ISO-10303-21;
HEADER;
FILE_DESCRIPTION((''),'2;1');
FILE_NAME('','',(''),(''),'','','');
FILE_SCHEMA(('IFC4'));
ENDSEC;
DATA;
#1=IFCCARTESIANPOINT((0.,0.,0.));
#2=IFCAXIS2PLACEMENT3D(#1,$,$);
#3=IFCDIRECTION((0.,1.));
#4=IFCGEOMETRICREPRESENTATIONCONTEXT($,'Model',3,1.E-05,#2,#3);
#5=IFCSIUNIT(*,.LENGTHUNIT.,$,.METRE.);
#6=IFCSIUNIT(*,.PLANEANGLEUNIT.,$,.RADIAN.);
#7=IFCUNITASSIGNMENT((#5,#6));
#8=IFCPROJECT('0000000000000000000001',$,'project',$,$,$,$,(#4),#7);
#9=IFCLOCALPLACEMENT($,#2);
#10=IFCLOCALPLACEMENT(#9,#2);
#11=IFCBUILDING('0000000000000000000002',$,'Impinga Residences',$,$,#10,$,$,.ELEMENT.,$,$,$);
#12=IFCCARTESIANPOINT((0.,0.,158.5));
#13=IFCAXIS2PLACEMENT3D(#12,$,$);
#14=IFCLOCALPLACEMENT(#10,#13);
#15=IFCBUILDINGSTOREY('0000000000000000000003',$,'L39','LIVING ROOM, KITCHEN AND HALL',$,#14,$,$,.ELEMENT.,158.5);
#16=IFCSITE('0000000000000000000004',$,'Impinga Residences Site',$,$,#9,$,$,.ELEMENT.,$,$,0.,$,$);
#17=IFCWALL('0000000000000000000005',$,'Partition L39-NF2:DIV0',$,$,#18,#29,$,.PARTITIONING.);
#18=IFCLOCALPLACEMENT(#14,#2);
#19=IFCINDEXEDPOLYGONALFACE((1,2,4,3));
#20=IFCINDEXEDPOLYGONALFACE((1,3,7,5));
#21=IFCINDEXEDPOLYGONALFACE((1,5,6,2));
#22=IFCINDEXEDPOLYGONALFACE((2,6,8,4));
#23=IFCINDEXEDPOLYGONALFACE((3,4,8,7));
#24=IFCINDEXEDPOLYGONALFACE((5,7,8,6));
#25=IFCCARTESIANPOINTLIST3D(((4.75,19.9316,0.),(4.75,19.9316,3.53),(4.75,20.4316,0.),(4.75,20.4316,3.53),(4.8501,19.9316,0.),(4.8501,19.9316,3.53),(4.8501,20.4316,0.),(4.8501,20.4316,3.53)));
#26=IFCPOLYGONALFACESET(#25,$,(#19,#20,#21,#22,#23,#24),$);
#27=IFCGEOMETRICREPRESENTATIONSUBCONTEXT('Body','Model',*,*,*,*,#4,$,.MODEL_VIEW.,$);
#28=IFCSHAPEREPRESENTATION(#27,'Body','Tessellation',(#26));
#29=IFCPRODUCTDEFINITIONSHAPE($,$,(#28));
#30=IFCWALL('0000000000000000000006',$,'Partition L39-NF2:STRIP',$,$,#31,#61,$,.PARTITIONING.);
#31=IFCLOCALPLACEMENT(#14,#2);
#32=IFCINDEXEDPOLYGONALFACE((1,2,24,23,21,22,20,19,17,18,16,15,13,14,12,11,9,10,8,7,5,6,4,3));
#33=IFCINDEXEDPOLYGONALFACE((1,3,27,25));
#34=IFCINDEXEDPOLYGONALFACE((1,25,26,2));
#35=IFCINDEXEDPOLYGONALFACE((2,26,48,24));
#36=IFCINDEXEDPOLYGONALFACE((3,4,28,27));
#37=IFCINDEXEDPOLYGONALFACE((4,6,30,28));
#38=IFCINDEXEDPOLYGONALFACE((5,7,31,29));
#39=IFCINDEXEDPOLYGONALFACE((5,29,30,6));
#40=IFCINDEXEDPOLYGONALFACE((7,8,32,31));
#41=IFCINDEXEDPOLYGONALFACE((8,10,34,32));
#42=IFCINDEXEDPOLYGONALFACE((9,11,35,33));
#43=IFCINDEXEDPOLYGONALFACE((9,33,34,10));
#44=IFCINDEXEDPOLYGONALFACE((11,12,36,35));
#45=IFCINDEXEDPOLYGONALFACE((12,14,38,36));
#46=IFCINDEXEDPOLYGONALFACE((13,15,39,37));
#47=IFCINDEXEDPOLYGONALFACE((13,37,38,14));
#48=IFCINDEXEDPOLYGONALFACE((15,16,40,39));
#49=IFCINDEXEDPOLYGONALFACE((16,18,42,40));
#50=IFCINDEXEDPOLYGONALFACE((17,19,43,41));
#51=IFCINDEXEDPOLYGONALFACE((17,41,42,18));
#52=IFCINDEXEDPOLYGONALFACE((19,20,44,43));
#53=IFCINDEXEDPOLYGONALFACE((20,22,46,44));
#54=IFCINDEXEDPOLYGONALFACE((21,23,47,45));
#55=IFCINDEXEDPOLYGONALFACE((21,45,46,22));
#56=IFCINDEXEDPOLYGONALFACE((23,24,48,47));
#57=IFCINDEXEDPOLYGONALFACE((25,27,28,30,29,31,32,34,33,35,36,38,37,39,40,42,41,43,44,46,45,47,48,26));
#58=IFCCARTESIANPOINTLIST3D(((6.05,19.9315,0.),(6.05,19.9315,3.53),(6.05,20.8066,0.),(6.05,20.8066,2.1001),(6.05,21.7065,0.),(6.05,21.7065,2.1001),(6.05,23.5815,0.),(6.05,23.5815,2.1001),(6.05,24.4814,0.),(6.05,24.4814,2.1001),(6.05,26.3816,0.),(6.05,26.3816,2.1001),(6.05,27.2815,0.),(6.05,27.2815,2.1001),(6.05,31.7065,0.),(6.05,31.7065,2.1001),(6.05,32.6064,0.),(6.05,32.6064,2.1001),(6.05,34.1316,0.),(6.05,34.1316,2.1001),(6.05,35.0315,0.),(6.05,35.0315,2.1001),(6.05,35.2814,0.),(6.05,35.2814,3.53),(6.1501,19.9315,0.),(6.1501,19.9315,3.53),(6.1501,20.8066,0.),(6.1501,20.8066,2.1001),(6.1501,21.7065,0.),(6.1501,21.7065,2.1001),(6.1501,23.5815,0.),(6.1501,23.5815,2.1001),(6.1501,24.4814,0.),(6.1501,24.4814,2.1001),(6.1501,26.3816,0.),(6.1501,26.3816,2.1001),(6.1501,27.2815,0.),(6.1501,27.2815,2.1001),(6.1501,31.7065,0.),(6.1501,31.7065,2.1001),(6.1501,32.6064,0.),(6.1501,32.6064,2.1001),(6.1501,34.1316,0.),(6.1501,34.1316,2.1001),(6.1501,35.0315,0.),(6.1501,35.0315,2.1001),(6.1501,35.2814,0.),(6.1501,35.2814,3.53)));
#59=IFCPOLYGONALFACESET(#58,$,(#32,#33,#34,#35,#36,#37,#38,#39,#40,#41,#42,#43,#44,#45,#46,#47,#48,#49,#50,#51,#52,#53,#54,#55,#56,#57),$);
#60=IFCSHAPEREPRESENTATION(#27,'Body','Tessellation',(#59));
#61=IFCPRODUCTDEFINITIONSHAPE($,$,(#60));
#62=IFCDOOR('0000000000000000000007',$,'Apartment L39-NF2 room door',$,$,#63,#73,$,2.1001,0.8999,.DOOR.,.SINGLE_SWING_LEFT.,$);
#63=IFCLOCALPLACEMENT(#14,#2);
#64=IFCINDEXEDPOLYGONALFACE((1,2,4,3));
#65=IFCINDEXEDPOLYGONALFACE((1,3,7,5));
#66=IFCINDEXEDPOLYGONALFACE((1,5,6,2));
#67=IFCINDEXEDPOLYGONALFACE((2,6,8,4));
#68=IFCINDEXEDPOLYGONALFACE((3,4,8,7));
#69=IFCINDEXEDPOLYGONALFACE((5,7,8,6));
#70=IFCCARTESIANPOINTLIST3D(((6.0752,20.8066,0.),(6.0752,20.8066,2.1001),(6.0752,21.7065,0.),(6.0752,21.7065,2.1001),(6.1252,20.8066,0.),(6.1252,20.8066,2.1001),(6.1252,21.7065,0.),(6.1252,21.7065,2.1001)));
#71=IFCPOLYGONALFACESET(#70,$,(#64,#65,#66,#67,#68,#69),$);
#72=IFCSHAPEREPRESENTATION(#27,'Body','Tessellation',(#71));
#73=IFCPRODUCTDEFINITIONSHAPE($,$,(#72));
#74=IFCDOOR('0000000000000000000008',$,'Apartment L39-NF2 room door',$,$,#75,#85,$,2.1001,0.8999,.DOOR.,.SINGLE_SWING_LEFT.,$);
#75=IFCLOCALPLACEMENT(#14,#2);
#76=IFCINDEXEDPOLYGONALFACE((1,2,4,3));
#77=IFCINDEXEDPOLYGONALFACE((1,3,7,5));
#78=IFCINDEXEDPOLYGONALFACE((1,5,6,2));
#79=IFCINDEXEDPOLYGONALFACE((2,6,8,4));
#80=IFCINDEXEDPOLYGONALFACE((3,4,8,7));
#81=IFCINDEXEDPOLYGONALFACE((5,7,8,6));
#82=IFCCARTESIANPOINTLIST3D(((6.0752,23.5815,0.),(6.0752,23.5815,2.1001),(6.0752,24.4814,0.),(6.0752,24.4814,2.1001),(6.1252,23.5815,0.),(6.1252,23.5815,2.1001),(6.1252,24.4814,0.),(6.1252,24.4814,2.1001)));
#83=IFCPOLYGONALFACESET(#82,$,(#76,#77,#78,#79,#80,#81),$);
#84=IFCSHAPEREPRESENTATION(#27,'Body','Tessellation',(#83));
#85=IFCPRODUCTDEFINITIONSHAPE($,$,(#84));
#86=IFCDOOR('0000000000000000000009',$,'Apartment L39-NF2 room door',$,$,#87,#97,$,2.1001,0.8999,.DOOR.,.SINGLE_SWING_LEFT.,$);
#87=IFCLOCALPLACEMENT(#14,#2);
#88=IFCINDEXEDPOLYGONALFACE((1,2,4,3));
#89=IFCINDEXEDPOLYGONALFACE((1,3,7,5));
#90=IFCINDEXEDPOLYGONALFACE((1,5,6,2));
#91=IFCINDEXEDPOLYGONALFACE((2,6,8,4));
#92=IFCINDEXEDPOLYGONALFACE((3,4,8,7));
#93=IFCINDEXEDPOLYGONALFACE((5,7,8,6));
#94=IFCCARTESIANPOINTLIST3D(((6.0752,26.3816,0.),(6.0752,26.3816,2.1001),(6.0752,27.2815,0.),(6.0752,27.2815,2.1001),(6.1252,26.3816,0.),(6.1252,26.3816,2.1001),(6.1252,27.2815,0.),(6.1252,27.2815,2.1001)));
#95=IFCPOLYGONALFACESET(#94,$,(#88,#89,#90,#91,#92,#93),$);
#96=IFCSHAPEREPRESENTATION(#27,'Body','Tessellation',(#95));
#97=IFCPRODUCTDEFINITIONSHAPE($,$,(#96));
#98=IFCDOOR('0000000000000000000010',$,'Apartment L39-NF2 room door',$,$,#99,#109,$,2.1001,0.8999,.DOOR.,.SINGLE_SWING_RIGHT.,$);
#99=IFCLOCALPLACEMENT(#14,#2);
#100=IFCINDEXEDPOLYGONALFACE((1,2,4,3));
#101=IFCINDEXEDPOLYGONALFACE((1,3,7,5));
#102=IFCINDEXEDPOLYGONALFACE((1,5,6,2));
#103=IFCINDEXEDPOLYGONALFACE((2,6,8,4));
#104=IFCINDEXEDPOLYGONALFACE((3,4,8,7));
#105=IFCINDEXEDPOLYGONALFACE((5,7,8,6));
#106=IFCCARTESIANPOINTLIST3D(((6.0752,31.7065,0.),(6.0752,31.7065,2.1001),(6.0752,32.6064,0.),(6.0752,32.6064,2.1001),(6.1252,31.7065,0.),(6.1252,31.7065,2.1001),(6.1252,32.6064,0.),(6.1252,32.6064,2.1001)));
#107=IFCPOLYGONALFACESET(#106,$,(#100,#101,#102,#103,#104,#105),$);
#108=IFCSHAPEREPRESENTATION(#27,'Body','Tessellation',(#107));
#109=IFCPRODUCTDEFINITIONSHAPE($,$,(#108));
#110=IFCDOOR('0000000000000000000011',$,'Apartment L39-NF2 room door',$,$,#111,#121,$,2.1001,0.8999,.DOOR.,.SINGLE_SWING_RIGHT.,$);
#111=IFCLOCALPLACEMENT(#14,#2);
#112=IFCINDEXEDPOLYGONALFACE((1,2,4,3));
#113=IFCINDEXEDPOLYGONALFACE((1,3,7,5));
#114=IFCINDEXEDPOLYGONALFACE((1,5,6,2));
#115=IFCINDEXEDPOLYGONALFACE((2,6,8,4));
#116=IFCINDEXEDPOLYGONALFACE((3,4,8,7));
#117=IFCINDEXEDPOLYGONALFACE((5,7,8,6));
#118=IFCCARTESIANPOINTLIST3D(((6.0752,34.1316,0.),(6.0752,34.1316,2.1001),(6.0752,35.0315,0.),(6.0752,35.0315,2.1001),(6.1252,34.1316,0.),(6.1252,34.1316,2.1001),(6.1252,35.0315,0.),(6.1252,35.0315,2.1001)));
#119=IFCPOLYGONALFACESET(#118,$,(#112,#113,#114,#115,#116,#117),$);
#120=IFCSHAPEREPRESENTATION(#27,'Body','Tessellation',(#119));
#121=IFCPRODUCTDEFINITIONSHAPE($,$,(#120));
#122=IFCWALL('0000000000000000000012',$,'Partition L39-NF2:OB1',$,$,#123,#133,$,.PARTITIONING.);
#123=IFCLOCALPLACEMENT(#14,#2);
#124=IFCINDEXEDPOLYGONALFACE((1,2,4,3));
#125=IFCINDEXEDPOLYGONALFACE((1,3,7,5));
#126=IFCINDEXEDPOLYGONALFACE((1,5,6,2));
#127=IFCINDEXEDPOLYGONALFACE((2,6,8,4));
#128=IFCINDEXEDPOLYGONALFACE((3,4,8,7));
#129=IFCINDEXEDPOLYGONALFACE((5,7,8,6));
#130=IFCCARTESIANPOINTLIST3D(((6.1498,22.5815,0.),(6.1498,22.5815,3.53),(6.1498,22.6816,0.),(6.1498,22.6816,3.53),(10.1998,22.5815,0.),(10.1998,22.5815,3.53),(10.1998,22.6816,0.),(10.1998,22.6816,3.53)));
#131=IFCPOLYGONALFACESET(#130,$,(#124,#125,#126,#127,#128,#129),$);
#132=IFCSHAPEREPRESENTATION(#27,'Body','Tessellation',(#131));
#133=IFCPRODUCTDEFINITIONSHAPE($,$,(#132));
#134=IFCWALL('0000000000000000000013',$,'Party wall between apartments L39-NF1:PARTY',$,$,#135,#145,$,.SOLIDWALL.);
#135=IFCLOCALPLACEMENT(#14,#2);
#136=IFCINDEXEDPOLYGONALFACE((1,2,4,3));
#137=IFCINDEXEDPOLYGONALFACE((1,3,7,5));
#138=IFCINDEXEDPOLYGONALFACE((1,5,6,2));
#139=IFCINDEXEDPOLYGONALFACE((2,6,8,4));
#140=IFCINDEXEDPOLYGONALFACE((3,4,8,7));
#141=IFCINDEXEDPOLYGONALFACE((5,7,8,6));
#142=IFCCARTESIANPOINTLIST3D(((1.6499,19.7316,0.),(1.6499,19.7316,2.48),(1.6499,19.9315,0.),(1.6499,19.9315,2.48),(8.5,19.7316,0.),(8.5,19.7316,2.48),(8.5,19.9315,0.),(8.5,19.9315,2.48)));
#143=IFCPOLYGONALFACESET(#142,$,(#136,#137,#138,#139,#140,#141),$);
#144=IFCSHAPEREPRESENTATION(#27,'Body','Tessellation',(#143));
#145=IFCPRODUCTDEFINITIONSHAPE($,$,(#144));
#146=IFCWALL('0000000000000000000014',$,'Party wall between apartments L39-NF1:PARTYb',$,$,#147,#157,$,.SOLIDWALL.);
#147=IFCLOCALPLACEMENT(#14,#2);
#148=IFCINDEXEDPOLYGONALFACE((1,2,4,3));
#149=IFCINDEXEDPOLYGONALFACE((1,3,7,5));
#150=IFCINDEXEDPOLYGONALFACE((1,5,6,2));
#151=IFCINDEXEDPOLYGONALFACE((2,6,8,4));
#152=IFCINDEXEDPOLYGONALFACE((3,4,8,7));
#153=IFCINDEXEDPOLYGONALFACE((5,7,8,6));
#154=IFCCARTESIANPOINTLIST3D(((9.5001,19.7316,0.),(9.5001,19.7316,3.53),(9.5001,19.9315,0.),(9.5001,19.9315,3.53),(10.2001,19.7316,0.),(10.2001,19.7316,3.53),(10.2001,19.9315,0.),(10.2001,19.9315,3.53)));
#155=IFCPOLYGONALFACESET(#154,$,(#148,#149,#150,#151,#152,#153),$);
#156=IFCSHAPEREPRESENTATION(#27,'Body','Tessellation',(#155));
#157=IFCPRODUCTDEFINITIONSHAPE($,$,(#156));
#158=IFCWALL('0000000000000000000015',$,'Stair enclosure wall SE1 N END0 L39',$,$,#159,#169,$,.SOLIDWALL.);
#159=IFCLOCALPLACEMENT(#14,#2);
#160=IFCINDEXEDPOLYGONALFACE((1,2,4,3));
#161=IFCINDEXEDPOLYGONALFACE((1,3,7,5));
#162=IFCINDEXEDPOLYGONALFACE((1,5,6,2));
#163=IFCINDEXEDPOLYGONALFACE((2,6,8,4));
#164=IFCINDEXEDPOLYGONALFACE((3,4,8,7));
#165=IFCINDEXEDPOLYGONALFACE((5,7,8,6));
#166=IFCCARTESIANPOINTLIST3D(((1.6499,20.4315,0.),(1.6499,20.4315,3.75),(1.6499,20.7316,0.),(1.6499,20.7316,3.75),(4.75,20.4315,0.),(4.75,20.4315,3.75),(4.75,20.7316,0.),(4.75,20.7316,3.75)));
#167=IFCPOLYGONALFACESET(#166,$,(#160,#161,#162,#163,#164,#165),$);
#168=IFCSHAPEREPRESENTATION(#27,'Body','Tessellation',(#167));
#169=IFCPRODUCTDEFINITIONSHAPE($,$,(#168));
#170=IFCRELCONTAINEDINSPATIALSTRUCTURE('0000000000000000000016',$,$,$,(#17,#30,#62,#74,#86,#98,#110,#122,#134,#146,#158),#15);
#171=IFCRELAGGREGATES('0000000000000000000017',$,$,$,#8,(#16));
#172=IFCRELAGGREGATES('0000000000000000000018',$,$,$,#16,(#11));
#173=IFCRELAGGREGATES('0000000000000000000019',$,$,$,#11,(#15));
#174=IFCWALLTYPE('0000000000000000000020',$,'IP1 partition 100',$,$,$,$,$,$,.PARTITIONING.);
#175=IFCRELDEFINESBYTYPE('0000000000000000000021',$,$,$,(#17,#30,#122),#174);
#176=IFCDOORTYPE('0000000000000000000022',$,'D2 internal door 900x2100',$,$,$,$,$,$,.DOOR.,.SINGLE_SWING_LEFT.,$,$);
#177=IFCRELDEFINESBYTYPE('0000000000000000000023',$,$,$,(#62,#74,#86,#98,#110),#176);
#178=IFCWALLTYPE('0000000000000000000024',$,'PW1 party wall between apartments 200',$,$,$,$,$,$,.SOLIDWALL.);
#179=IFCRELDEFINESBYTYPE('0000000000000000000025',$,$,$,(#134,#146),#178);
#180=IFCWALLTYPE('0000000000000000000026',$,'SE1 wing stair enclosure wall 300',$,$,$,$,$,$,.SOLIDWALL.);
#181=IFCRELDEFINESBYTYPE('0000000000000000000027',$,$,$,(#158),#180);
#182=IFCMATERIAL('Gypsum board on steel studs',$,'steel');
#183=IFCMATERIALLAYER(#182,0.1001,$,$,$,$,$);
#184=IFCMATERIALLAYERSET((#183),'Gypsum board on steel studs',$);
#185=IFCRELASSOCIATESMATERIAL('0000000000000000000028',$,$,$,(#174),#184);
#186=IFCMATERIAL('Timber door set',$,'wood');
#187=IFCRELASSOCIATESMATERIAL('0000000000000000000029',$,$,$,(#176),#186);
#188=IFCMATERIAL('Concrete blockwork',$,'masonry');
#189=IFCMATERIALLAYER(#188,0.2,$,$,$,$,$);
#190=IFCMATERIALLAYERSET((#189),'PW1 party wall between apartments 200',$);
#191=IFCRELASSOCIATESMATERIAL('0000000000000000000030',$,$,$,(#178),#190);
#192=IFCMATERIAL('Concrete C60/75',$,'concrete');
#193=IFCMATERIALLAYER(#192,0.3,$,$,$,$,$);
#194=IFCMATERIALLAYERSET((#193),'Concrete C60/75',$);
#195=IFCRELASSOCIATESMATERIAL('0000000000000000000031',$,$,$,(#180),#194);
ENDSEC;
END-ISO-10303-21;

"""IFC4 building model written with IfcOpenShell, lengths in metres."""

from ifc_helpers import new_model, si_unit, direction, frame, frame_2d, origin, place, context, subcontext, project, spatial, rectangle, extrude, material, layer, layer_set, type_object, element, fill, save


model = new_model("IFC4")

# Units and contexts
model_context = context("Model", 3, precision=1e-05, world=origin(), true_north=direction((0.0, 1.0)))
body_context = subcontext(model_context, "Body", "Model", "MODEL_VIEW")
ifc_project = project(units=[si_unit("LENGTHUNIT", "METRE"), si_unit("PLANEANGLEUNIT", "RADIAN")], contexts=[model_context])

# Site, building, storey
site_placement = place(None, origin())
site = spatial("IfcSite", under=ifc_project, at=site_placement, Name="Impinga Residences Site", CompositionType="ELEMENT", RefElevation=0.0)
building_placement = place(site_placement, origin())
building = spatial("IfcBuilding", under=site, at=building_placement, Name="Impinga Residences", CompositionType="ELEMENT")
storey_placement = place(building_placement, frame((0.0, 0.0, 158.5)))
storey = spatial("IfcBuildingStorey", under=building, at=storey_placement, Name="L39", Description="LIVING ROOM, KITCHEN AND HALL", CompositionType="ELEMENT", Elevation=158.5)

# Shared definitions
ifc_material_1 = material(Name="Concrete C60/75", Category="concrete")

# Shared definitions
ifc_material_2 = material(Name="Gypsum board on steel studs", Category="steel")
ifc_layer_1 = layer(ifc_material_2, 0.1001)
ifc_layer_set_1 = layer_set([ifc_layer_1], Name="Gypsum board on steel studs")
wall_type_1 = type_object("IfcWallType", Name="IP1 partition 100", PredefinedType="PARTITIONING", material=ifc_layer_set_1)

# Shared definitions
ifc_material_3 = material(Name="Timber door set", Category="wood")
door_type = type_object("IfcDoorType", Name="D2 internal door 900x2100", OperationType="SINGLE_SWING_LEFT", PredefinedType="DOOR", material=ifc_material_3)

# Wall
wall_1_placement = place(storey_placement, frame((4.8, 19.9316, 0.0), z_axis=(0.0, 0.0, 1.0), x_axis=(0.0, 1.0, 0.0)))
element("IfcWall", 1, at=wall_1_placement, inside=storey, type_object=wall_type_1, Name="Partition L39-NF2:DIV0", PredefinedType="PARTITIONING", context=body_context, shape_type="SweptSolid", body=[
    extrude(rectangle(XDim=0.5, YDim=0.1001, at=frame_2d((0.25, 0.0))), origin(), (0.0, 0.0, 1.0), 3.53),
])

# Wall, openings, doors
wall_2_placement = place(storey_placement, frame((6.1001, 19.9316, 0.0), z_axis=(0.0, 0.0, 1.0), x_axis=(0.0, 1.0, 0.0)))
wall_2 = element("IfcWall", 2, at=wall_2_placement, inside=storey, type_object=wall_type_1, Name="Partition L39-NF2:STRIP", PredefinedType="PARTITIONING", context=body_context, shape_type="SweptSolid", body=[
    extrude(rectangle(XDim=15.3499, YDim=0.1001, at=frame_2d((7.6748, 0.0))), origin(), (0.0, 0.0, 1.0), 3.53),
])
opening_1_placement = place(wall_2_placement, frame((0.875, 0.0, 0.0)))
opening_1 = element("IfcOpeningElement", 3, at=opening_1_placement, cuts=wall_2, PredefinedType="OPENING", context=body_context, shape_type="SweptSolid", body=[
    extrude(rectangle(XDim=0.8999, YDim=2.1001, at=frame_2d((0.45, 1.05))), frame((0.0, 0.0601, 0.0), z_axis=(0.0, -1.0, 0.0), x_axis=(1.0, 0.0, 0.0)), (0.0, 0.0, 1.0), 0.1201),
])
opening_2_placement = place(wall_2_placement, frame((3.6499, 0.0, 0.0)))
opening_2 = element("IfcOpeningElement", 4, at=opening_2_placement, cuts=wall_2, PredefinedType="OPENING", context=body_context, shape_type="SweptSolid", body=[
    extrude(rectangle(XDim=0.8999, YDim=2.1001, at=frame_2d((0.45, 1.05))), frame((0.0, 0.0601, 0.0), z_axis=(0.0, -1.0, 0.0), x_axis=(1.0, 0.0, 0.0)), (0.0, 0.0, 1.0), 0.1201),
])
opening_3_placement = place(wall_2_placement, frame((6.45, 0.0, 0.0)))
opening_3 = element("IfcOpeningElement", 5, at=opening_3_placement, cuts=wall_2, PredefinedType="OPENING", context=body_context, shape_type="SweptSolid", body=[
    extrude(rectangle(XDim=0.8999, YDim=2.1001, at=frame_2d((0.45, 1.05))), frame((0.0, 0.0601, 0.0), z_axis=(0.0, -1.0, 0.0), x_axis=(1.0, 0.0, 0.0)), (0.0, 0.0, 1.0), 0.1201),
])
opening_4_placement = place(wall_2_placement, frame((11.7749, 0.0, 0.0)))
opening_4 = element("IfcOpeningElement", 6, at=opening_4_placement, cuts=wall_2, PredefinedType="OPENING", context=body_context, shape_type="SweptSolid", body=[
    extrude(rectangle(XDim=0.8999, YDim=2.1001, at=frame_2d((0.45, 1.05))), frame((0.0, 0.0601, 0.0), z_axis=(0.0, -1.0, 0.0), x_axis=(1.0, 0.0, 0.0)), (0.0, 0.0, 1.0), 0.1201),
])
opening_5_placement = place(wall_2_placement, frame((14.2, 0.0, 0.0)))
opening_5 = element("IfcOpeningElement", 7, at=opening_5_placement, cuts=wall_2, PredefinedType="OPENING", context=body_context, shape_type="SweptSolid", body=[
    extrude(rectangle(XDim=0.8999, YDim=2.1001, at=frame_2d((0.45, 1.05))), frame((0.0, 0.0601, 0.0), z_axis=(0.0, -1.0, 0.0), x_axis=(1.0, 0.0, 0.0)), (0.0, 0.0, 1.0), 0.1201),
])
door_1_placement = place(opening_1_placement, origin())
door_1 = element("IfcDoor", 8, at=door_1_placement, inside=storey, type_object=door_type, Name="Apartment L39-NF2 room door", OperationType="SINGLE_SWING_LEFT", OverallHeight=2.1001, OverallWidth=0.8999, PredefinedType="DOOR", context=body_context, shape_type="SweptSolid", body=[
    extrude(rectangle(XDim=0.8999, YDim=2.1001, at=frame_2d((0.45, 1.05))), frame((0.0, 0.0249, 0.0), z_axis=(0.0, -1.0, 0.0), x_axis=(1.0, 0.0, 0.0)), (0.0, 0.0, 1.0), 0.05),
])
fill(opening_1, door_1)
door_2_placement = place(opening_2_placement, origin())
door_2 = element("IfcDoor", 9, at=door_2_placement, inside=storey, type_object=door_type, Name="Apartment L39-NF2 room door", OperationType="SINGLE_SWING_LEFT", OverallHeight=2.1001, OverallWidth=0.8999, PredefinedType="DOOR", context=body_context, shape_type="SweptSolid", body=[
    extrude(rectangle(XDim=0.8999, YDim=2.1001, at=frame_2d((0.45, 1.05))), frame((0.0, 0.0249, 0.0), z_axis=(0.0, -1.0, 0.0), x_axis=(1.0, 0.0, 0.0)), (0.0, 0.0, 1.0), 0.05),
])
fill(opening_2, door_2)
door_3_placement = place(opening_3_placement, origin())
door_3 = element("IfcDoor", 10, at=door_3_placement, inside=storey, type_object=door_type, Name="Apartment L39-NF2 room door", OperationType="SINGLE_SWING_LEFT", OverallHeight=2.1001, OverallWidth=0.8999, PredefinedType="DOOR", context=body_context, shape_type="SweptSolid", body=[
    extrude(rectangle(XDim=0.8999, YDim=2.1001, at=frame_2d((0.45, 1.05))), frame((0.0, 0.0249, 0.0), z_axis=(0.0, -1.0, 0.0), x_axis=(1.0, 0.0, 0.0)), (0.0, 0.0, 1.0), 0.05),
])
fill(opening_3, door_3)
door_4_placement = place(opening_4_placement, origin())
door_4 = element("IfcDoor", 11, at=door_4_placement, inside=storey, type_object=door_type, Name="Apartment L39-NF2 room door", OperationType="SINGLE_SWING_RIGHT", OverallHeight=2.1001, OverallWidth=0.8999, PredefinedType="DOOR", context=body_context, shape_type="SweptSolid", body=[
    extrude(rectangle(XDim=0.8999, YDim=2.1001, at=frame_2d((0.45, 1.05))), frame((0.0, 0.0249, 0.0), z_axis=(0.0, -1.0, 0.0), x_axis=(1.0, 0.0, 0.0)), (0.0, 0.0, 1.0), 0.05),
])
fill(opening_4, door_4)
door_5_placement = place(opening_5_placement, origin())
door_5 = element("IfcDoor", 12, at=door_5_placement, inside=storey, type_object=door_type, Name="Apartment L39-NF2 room door", OperationType="SINGLE_SWING_RIGHT", OverallHeight=2.1001, OverallWidth=0.8999, PredefinedType="DOOR", context=body_context, shape_type="SweptSolid", body=[
    extrude(rectangle(XDim=0.8999, YDim=2.1001, at=frame_2d((0.45, 1.05))), frame((0.0, 0.0249, 0.0), z_axis=(0.0, -1.0, 0.0), x_axis=(1.0, 0.0, 0.0)), (0.0, 0.0, 1.0), 0.05),
])
fill(opening_5, door_5)

# Walls
wall_3_placement = place(storey_placement, frame((6.1499, 22.6316, 0.0), z_axis=(0.0, 0.0, 1.0), x_axis=(1.0, 0.0, 0.0)))
element("IfcWall", 13, at=wall_3_placement, inside=storey, type_object=wall_type_1, Name="Partition L39-NF2:OB1", PredefinedType="PARTITIONING", context=body_context, shape_type="SweptSolid", body=[
    extrude(rectangle(XDim=4.05, YDim=0.1001, at=frame_2d((2.0249, 0.0))), origin(), (0.0, 0.0, 1.0), 3.53),
])
ifc_material_4 = material(Name="Concrete blockwork", Category="masonry")
ifc_layer_2 = layer(ifc_material_4, 0.2)
ifc_layer_set_2 = layer_set([ifc_layer_2], Name="PW1 party wall between apartments 200")
wall_type_2 = type_object("IfcWallType", Name="PW1 party wall between apartments 200", PredefinedType="SOLIDWALL", material=ifc_layer_set_2)
wall_4_placement = place(storey_placement, frame((1.6499, 19.8315, 0.0), z_axis=(0.0, 0.0, 1.0), x_axis=(1.0, 0.0, 0.0)))
element("IfcWall", 14, at=wall_4_placement, inside=storey, type_object=wall_type_2, Name="Party wall between apartments L39-NF1:PARTY", PredefinedType="SOLIDWALL", context=body_context, shape_type="SweptSolid", body=[
    extrude(rectangle(XDim=6.8501, YDim=0.2, at=frame_2d((3.425, 0.0))), origin(), (0.0, 0.0, 1.0), 2.48),
])
wall_5_placement = place(storey_placement, frame((9.5, 19.8315, 0.0), z_axis=(0.0, 0.0, 1.0), x_axis=(1.0, 0.0, 0.0)))
element("IfcWall", 15, at=wall_5_placement, inside=storey, type_object=wall_type_2, Name="Party wall between apartments L39-NF1:PARTYb", PredefinedType="SOLIDWALL", context=body_context, shape_type="SweptSolid", body=[
    extrude(rectangle(XDim=0.7, YDim=0.2, at=frame_2d((0.3501, 0.0))), origin(), (0.0, 0.0, 1.0), 3.53),
])
ifc_layer_3 = layer(ifc_material_1, 0.3)
ifc_layer_set_3 = layer_set([ifc_layer_3], Name="Concrete C60/75")
wall_type_3 = type_object("IfcWallType", Name="SE1 wing stair enclosure wall 300", PredefinedType="SOLIDWALL", material=ifc_layer_set_3)
wall_6_placement = place(storey_placement, frame((1.6499, 20.5815, 0.0), z_axis=(0.0, 0.0, 1.0), x_axis=(1.0, 0.0, 0.0)))
element("IfcWall", 16, at=wall_6_placement, inside=storey, type_object=wall_type_3, Name="Stair enclosure wall SE1 N END0 L39", PredefinedType="SOLIDWALL", context=body_context, shape_type="SweptSolid", body=[
    extrude(rectangle(XDim=3.1001, YDim=0.3, at=frame_2d((1.55, 0.0))), origin(), (0.0, 0.0, 1.0), 3.75),
])

save(model, "model.ifc")
